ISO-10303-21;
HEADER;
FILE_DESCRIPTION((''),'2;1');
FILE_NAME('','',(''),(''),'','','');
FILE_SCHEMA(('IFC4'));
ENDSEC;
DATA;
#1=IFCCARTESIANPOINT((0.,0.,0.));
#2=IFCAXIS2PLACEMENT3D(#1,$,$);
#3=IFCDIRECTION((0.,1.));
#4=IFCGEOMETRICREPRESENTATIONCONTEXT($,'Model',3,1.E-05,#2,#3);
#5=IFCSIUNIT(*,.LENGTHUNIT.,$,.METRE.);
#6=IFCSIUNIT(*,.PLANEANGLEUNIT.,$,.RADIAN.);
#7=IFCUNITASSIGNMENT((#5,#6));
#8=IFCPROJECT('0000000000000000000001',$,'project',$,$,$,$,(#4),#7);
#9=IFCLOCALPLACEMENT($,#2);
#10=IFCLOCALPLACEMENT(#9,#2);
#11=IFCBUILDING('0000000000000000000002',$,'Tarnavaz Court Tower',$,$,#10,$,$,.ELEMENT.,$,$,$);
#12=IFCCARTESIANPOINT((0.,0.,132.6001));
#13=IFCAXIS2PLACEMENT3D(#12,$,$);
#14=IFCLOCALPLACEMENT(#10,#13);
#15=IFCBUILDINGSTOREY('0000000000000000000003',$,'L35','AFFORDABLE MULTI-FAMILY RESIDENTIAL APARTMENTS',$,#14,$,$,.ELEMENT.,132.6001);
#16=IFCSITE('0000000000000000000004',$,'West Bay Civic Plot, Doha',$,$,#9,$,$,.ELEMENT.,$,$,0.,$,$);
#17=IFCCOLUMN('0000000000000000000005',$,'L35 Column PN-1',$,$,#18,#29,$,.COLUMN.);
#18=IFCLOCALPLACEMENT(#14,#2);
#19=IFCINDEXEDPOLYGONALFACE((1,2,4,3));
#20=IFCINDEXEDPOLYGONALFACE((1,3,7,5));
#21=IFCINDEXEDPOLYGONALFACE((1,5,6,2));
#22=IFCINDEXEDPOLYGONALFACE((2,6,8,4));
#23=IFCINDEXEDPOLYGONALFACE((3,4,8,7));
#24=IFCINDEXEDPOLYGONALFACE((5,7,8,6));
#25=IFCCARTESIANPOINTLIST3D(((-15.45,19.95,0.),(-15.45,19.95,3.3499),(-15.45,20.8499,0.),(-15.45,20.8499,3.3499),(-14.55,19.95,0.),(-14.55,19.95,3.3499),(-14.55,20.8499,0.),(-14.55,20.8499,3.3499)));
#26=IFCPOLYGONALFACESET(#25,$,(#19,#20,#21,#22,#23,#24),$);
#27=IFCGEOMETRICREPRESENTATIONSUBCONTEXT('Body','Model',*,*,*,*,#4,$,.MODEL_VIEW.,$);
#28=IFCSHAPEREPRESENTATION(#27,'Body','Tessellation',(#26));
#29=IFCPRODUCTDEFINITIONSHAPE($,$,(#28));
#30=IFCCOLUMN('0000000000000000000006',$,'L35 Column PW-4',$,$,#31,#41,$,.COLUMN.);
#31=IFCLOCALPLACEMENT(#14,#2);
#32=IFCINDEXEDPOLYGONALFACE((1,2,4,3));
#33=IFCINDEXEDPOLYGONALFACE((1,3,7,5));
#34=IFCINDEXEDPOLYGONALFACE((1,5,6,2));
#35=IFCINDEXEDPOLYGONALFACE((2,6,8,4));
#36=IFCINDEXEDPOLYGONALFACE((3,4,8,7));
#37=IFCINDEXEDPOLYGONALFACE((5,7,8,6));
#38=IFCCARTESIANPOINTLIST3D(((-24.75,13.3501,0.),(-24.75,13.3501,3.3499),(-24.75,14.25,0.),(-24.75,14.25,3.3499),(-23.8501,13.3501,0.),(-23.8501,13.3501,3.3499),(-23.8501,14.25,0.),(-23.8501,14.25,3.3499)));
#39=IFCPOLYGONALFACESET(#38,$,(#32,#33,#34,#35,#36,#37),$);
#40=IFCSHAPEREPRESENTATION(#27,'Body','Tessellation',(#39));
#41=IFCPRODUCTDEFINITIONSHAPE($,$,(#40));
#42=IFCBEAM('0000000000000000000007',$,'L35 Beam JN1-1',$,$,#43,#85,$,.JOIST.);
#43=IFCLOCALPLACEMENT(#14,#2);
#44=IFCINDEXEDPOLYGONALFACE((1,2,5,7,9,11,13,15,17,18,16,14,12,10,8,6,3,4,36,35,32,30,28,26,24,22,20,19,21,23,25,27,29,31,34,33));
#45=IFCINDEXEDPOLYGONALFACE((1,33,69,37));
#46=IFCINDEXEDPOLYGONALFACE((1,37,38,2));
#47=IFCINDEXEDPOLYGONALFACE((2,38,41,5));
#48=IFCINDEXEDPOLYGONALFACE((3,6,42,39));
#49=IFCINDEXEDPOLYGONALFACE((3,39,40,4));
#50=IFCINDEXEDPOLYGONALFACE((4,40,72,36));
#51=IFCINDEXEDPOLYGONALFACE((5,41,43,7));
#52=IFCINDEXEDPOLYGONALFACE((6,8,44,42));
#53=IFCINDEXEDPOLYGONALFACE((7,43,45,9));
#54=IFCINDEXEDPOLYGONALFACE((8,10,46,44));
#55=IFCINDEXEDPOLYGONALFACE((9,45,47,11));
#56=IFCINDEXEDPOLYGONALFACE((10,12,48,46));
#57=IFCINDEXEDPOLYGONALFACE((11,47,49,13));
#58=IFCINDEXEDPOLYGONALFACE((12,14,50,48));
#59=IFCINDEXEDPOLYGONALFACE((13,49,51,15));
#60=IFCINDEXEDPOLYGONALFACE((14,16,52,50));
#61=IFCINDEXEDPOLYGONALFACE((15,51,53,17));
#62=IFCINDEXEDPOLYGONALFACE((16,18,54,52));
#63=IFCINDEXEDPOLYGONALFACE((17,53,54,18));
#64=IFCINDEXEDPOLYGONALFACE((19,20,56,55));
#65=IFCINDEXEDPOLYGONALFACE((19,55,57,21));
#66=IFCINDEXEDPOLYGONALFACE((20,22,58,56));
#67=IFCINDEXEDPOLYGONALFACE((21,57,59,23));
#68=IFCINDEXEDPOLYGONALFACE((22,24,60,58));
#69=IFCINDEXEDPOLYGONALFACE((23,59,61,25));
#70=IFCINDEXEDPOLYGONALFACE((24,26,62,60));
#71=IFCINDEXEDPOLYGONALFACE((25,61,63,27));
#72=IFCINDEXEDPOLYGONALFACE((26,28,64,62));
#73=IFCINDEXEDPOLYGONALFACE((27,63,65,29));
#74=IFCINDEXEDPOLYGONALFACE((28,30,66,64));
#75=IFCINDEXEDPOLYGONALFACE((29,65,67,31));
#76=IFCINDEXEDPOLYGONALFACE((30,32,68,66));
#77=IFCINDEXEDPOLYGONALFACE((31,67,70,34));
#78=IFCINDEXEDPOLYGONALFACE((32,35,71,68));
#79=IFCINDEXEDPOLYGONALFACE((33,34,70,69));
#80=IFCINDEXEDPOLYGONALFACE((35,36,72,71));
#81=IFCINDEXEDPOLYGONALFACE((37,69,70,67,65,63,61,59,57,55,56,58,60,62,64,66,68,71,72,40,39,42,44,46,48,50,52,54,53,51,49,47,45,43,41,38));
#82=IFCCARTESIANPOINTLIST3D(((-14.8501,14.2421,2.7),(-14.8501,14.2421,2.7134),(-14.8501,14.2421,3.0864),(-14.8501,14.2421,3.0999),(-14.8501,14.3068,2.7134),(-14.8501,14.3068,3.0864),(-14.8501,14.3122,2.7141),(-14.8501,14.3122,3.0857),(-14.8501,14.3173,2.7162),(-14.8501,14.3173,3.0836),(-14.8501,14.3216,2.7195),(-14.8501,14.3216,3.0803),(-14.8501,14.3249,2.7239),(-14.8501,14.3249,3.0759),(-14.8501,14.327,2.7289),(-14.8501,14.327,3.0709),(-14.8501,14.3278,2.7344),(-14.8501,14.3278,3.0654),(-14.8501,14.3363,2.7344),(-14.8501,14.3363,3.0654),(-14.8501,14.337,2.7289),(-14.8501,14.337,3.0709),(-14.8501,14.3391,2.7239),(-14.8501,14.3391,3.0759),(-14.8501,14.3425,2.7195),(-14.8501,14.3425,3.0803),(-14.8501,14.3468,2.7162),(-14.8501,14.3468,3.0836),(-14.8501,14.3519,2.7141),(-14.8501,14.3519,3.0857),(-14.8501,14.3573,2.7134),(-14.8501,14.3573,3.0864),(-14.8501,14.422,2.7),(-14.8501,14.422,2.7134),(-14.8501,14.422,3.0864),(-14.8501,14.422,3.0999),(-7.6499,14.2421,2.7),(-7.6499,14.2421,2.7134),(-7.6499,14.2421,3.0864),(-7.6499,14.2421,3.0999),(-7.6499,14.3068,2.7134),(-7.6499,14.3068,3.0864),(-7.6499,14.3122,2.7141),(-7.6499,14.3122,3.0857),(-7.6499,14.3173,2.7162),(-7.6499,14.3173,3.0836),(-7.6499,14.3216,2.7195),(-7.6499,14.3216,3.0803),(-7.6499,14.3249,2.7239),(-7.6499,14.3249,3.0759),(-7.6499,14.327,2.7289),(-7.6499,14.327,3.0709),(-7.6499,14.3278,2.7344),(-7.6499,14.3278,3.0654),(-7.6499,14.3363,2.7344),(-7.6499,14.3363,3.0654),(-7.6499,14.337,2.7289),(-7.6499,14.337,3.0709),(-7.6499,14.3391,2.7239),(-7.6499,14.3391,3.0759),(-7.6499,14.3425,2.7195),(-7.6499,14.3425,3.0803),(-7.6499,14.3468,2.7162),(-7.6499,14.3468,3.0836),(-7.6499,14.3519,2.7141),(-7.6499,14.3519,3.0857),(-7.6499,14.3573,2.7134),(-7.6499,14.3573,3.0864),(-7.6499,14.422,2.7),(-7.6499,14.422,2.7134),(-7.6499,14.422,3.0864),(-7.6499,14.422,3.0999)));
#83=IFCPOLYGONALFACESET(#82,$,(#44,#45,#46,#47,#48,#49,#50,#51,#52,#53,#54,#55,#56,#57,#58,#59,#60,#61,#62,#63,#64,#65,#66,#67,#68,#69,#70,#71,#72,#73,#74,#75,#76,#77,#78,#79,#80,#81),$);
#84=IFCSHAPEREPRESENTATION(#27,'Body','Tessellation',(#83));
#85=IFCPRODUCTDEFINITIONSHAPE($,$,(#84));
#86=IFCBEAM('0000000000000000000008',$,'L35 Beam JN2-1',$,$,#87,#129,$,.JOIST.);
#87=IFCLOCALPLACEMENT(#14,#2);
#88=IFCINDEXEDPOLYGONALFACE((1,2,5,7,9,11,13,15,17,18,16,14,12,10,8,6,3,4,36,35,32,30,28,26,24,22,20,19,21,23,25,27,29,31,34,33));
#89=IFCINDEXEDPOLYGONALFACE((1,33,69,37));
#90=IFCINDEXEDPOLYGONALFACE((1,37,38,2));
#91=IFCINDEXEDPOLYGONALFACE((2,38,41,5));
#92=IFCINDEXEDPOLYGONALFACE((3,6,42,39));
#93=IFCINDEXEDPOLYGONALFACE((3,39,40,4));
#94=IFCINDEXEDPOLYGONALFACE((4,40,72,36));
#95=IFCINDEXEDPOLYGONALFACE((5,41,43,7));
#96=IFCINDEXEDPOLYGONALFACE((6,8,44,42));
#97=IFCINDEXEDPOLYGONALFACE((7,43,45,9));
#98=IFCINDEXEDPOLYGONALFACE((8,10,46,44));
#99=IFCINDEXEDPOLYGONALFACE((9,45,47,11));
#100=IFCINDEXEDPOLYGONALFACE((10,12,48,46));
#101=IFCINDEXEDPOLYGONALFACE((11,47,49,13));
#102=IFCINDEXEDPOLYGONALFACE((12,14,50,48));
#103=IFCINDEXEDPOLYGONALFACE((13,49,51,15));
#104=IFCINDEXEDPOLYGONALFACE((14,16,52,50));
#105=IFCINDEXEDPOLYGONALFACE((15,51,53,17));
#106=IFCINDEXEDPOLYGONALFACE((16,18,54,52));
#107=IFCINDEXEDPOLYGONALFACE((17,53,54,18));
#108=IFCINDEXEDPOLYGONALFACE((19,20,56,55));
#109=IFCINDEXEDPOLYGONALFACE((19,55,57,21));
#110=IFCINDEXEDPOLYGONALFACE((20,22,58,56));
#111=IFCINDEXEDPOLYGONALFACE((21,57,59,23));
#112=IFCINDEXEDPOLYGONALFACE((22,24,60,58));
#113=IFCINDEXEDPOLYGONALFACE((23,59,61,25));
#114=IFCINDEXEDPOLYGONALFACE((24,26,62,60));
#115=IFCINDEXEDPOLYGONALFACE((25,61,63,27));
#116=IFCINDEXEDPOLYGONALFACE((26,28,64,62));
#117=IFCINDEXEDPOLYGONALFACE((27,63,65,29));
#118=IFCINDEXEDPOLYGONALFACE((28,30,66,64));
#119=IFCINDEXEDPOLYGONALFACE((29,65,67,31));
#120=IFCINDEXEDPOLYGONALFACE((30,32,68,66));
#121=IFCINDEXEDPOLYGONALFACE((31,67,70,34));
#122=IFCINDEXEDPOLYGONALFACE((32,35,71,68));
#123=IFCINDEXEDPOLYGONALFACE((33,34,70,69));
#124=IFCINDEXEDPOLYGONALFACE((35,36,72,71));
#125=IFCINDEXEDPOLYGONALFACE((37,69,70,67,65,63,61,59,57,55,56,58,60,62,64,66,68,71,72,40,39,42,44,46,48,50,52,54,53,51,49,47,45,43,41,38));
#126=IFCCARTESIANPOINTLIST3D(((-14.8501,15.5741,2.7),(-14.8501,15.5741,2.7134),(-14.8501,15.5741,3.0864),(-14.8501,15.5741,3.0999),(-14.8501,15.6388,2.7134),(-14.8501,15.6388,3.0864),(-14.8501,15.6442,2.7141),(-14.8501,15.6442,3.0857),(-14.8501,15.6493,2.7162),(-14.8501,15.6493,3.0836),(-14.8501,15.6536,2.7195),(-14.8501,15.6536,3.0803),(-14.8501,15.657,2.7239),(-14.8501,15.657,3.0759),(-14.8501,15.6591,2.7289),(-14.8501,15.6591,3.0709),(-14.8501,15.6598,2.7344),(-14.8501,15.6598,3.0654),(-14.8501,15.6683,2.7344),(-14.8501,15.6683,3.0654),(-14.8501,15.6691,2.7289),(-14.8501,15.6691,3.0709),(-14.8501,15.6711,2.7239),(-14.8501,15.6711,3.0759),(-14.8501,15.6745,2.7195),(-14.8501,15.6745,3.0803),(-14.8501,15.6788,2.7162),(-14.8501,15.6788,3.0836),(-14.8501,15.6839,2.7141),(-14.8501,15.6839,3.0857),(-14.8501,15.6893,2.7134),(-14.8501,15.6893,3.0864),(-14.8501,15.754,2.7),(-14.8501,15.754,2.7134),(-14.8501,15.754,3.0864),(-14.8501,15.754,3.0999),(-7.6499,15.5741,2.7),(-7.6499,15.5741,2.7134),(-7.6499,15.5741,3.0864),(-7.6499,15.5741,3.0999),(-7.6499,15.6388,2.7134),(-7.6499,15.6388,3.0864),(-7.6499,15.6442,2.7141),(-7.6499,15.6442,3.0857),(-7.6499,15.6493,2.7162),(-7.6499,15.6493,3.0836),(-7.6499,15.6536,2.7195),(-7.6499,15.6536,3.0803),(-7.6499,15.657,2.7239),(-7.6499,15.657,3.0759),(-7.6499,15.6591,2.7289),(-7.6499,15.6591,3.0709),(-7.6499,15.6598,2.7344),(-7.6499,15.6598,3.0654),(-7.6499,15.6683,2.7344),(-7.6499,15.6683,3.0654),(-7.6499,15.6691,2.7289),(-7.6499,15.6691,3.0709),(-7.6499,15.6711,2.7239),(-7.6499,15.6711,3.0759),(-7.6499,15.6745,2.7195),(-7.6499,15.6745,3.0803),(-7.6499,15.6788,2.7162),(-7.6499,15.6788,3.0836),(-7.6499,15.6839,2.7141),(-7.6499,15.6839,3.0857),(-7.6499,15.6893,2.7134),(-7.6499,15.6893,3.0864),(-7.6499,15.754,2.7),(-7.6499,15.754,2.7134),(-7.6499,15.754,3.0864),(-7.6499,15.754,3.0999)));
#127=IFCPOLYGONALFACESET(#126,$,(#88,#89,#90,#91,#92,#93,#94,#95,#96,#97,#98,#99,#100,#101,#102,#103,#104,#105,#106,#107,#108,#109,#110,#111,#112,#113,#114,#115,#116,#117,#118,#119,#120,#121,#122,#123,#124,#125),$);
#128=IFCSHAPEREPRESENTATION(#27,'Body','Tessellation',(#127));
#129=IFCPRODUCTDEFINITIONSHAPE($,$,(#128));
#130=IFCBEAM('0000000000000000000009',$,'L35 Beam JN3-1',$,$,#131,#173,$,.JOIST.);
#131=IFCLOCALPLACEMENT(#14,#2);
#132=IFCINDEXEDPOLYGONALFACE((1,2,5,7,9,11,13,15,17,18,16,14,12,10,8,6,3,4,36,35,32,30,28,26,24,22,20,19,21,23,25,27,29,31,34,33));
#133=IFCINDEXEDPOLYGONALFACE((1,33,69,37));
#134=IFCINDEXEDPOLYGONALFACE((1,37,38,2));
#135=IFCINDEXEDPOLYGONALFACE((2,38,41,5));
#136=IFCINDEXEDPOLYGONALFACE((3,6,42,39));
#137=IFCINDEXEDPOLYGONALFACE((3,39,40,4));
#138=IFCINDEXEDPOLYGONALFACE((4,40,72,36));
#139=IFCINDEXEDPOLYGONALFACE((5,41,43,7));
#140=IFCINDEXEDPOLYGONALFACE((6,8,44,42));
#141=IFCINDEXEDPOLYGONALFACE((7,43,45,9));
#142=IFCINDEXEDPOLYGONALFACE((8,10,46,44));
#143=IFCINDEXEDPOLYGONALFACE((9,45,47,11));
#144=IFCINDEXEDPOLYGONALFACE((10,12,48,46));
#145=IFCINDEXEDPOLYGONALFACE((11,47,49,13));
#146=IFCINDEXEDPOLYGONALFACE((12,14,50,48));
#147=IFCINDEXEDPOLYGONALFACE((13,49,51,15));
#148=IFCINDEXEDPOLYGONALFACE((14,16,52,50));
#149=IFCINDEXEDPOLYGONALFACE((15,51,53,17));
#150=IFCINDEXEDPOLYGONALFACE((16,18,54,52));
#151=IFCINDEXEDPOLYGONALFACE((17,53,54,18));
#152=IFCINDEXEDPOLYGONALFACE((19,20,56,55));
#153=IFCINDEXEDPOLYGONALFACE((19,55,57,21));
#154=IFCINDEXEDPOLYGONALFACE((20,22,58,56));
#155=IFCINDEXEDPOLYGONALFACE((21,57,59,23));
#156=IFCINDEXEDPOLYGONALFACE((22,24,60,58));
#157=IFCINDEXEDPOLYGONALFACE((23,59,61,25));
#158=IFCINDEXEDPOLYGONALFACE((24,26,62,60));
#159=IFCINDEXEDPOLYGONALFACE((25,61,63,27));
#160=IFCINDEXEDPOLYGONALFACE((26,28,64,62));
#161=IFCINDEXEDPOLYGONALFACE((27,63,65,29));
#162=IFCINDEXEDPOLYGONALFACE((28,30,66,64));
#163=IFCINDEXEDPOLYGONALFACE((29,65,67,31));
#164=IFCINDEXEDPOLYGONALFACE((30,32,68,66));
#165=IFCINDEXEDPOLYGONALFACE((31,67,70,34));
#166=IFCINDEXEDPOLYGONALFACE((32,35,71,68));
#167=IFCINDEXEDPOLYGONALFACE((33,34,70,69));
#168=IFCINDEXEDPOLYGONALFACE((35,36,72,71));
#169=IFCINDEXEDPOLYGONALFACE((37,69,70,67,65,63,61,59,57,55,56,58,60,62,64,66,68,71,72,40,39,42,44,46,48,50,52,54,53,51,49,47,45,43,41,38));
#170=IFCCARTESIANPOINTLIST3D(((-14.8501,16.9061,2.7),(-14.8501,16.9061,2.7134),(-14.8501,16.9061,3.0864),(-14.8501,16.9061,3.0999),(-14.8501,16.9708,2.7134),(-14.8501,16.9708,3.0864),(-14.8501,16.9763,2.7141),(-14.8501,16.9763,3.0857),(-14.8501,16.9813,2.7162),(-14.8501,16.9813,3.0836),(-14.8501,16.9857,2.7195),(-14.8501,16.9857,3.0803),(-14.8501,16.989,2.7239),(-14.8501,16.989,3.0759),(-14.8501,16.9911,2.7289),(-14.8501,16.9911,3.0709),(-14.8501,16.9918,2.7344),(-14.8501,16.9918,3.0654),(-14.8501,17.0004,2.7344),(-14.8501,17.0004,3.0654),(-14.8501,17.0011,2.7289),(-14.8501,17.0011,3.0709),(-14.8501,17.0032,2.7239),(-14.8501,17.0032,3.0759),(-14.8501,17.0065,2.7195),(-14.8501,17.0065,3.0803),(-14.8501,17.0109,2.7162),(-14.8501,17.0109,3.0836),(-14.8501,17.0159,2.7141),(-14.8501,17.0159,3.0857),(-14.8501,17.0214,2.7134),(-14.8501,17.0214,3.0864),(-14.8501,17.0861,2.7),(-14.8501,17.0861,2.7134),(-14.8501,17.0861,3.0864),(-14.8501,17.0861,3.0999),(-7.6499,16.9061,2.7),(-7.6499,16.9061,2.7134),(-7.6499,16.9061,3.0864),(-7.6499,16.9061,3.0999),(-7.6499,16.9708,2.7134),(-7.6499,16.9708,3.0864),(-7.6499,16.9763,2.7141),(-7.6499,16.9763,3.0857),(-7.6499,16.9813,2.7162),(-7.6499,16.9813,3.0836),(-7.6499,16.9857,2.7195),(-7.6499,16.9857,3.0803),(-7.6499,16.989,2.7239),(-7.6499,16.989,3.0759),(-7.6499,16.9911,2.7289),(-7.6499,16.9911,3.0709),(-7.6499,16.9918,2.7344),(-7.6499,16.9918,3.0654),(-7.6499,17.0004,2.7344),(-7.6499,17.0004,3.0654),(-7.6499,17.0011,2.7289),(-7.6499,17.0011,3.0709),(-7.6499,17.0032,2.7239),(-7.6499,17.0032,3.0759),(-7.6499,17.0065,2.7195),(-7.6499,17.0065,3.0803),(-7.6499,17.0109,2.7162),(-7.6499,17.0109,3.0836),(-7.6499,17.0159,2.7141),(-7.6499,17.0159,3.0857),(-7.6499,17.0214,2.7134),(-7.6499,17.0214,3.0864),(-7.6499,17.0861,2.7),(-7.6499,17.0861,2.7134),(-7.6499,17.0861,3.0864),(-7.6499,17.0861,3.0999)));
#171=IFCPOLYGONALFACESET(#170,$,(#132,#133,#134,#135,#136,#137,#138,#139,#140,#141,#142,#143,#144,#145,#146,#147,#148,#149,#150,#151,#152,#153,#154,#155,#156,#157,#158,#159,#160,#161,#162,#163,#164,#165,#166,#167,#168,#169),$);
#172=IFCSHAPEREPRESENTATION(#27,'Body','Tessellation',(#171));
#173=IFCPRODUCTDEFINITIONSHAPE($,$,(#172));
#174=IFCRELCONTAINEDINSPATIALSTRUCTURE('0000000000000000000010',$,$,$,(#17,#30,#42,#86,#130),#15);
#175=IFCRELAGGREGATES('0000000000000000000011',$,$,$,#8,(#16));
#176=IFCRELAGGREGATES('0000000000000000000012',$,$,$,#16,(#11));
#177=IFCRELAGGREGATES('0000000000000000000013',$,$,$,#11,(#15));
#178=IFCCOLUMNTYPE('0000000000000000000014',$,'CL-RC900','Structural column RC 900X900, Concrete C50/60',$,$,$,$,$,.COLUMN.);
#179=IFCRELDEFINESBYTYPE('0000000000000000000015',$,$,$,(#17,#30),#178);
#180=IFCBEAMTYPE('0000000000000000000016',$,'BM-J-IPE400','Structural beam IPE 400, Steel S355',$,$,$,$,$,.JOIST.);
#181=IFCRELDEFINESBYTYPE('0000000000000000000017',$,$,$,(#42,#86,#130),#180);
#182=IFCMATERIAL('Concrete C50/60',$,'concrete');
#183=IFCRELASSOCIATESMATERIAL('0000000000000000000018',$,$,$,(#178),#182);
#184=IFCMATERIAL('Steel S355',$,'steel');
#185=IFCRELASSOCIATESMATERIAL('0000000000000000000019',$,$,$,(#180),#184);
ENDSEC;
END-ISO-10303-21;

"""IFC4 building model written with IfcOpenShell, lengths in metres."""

from ifc_helpers import new_model, si_unit, direction, frame, origin, origin_2d, place, context, subcontext, project, spatial, rectangle, i_section, extrude, material, material_profile, profile_set, type_object, element, save


model = new_model("IFC4")

# Units and contexts
model_context = context("Model", 3, precision=1e-05, world=origin(), true_north=direction((0.0, 1.0)))
body_context = subcontext(model_context, "Body", "Model", "MODEL_VIEW")
ifc_project = project(units=[si_unit("LENGTHUNIT", "METRE"), si_unit("PLANEANGLEUNIT", "RADIAN")], contexts=[model_context])

# Site, building, storey
site_placement = place(None, origin())
site = spatial("IfcSite", under=ifc_project, at=site_placement, Name="West Bay Civic Plot, Doha", CompositionType="ELEMENT", RefElevation=0.0)
building_placement = place(site_placement, origin())
building = spatial("IfcBuilding", under=site, at=building_placement, Name="Tarnavaz Court Tower", CompositionType="ELEMENT")
storey_placement = place(building_placement, frame((0.0, 0.0, 132.6001)))
storey = spatial("IfcBuildingStorey", under=building, at=storey_placement, Name="L35", Description="AFFORDABLE MULTI-FAMILY RESIDENTIAL APARTMENTS", CompositionType="ELEMENT", Elevation=132.6001)

# Columns
ifc_material_1 = material(Name="Concrete C50/60", Category="concrete")
ifc_material_profile_1 = material_profile(ifc_material_1, rectangle(XDim=0.8999, YDim=0.8999, at=origin_2d()), Name="RC 900X900")
ifc_profile_set_1 = profile_set([ifc_material_profile_1], Name="Concrete C50/60")
column_type = type_object("IfcColumnType", Name="CL-RC900", Description="Structural column RC 900X900, Concrete C50/60", PredefinedType="COLUMN", material=ifc_profile_set_1)
for number, where, z_axis, x_axis, name in (
    (1, (-15.0, 20.3999, 0.0), (0.0, 0.0, 1.0), (1.0, 0.0, 0.0), "L35 Column PN-1"),
    (2, (-24.3, 13.8, 0.0), (0.0, 0.0, 1.0), (1.0, 0.0, 0.0), "L35 Column PW-4"),
):
    element("IfcColumn", number, at=place(storey_placement, frame(where, z_axis=z_axis, x_axis=x_axis)), inside=storey, type_object=column_type, Name=name, PredefinedType="COLUMN", context=body_context, shape_type="SweptSolid", body=[
        extrude(rectangle(XDim=0.8999, YDim=0.8999, at=origin_2d()), origin(), (0.0, 0.0, 1.0), 3.3499),
    ])

# Beams
ifc_material_2 = material(Name="Steel S355", Category="steel")
ifc_material_profile_2 = material_profile(ifc_material_2, i_section(OverallWidth=0.1799, OverallDepth=0.3999, WebThickness=0.0085, FlangeThickness=0.0134, FilletRadius=0.021, at=origin_2d()), Name="IPE 400")
ifc_profile_set_2 = profile_set([ifc_material_profile_2], Name="Steel S355")
beam_type_1 = type_object("IfcBeamType", Name="BM-J-IPE400", Description="Structural beam IPE 400, Steel S355", PredefinedType="JOIST", material=ifc_profile_set_2)
for number, where, z_axis, x_axis, name in (
    (3, (-14.8501, 14.332, 2.8999), (1.0, 0.0, 0.0), (0.0, 1.0, 0.0), "L35 Beam JN1-1"),
    (4, (-14.8501, 15.6641, 2.8999), (1.0, 0.0, 0.0), (0.0, 1.0, 0.0), "L35 Beam JN2-1"),
    (5, (-14.8501, 16.9961, 2.8999), (1.0, 0.0, 0.0), (0.0, 1.0, 0.0), "L35 Beam JN3-1"),
):
    element("IfcBeam", number, at=place(storey_placement, frame(where, z_axis=z_axis, x_axis=x_axis)), inside=storey, type_object=beam_type_1, Name=name, PredefinedType="JOIST", context=body_context, shape_type="SweptSolid", body=[
        extrude(i_section(OverallWidth=0.1799, OverallDepth=0.3999, WebThickness=0.0085, FlangeThickness=0.0134, FilletRadius=0.021, at=origin_2d()), origin(), (0.0, 0.0, 1.0), 7.2002),
    ])

save(model, "model.ifc")
